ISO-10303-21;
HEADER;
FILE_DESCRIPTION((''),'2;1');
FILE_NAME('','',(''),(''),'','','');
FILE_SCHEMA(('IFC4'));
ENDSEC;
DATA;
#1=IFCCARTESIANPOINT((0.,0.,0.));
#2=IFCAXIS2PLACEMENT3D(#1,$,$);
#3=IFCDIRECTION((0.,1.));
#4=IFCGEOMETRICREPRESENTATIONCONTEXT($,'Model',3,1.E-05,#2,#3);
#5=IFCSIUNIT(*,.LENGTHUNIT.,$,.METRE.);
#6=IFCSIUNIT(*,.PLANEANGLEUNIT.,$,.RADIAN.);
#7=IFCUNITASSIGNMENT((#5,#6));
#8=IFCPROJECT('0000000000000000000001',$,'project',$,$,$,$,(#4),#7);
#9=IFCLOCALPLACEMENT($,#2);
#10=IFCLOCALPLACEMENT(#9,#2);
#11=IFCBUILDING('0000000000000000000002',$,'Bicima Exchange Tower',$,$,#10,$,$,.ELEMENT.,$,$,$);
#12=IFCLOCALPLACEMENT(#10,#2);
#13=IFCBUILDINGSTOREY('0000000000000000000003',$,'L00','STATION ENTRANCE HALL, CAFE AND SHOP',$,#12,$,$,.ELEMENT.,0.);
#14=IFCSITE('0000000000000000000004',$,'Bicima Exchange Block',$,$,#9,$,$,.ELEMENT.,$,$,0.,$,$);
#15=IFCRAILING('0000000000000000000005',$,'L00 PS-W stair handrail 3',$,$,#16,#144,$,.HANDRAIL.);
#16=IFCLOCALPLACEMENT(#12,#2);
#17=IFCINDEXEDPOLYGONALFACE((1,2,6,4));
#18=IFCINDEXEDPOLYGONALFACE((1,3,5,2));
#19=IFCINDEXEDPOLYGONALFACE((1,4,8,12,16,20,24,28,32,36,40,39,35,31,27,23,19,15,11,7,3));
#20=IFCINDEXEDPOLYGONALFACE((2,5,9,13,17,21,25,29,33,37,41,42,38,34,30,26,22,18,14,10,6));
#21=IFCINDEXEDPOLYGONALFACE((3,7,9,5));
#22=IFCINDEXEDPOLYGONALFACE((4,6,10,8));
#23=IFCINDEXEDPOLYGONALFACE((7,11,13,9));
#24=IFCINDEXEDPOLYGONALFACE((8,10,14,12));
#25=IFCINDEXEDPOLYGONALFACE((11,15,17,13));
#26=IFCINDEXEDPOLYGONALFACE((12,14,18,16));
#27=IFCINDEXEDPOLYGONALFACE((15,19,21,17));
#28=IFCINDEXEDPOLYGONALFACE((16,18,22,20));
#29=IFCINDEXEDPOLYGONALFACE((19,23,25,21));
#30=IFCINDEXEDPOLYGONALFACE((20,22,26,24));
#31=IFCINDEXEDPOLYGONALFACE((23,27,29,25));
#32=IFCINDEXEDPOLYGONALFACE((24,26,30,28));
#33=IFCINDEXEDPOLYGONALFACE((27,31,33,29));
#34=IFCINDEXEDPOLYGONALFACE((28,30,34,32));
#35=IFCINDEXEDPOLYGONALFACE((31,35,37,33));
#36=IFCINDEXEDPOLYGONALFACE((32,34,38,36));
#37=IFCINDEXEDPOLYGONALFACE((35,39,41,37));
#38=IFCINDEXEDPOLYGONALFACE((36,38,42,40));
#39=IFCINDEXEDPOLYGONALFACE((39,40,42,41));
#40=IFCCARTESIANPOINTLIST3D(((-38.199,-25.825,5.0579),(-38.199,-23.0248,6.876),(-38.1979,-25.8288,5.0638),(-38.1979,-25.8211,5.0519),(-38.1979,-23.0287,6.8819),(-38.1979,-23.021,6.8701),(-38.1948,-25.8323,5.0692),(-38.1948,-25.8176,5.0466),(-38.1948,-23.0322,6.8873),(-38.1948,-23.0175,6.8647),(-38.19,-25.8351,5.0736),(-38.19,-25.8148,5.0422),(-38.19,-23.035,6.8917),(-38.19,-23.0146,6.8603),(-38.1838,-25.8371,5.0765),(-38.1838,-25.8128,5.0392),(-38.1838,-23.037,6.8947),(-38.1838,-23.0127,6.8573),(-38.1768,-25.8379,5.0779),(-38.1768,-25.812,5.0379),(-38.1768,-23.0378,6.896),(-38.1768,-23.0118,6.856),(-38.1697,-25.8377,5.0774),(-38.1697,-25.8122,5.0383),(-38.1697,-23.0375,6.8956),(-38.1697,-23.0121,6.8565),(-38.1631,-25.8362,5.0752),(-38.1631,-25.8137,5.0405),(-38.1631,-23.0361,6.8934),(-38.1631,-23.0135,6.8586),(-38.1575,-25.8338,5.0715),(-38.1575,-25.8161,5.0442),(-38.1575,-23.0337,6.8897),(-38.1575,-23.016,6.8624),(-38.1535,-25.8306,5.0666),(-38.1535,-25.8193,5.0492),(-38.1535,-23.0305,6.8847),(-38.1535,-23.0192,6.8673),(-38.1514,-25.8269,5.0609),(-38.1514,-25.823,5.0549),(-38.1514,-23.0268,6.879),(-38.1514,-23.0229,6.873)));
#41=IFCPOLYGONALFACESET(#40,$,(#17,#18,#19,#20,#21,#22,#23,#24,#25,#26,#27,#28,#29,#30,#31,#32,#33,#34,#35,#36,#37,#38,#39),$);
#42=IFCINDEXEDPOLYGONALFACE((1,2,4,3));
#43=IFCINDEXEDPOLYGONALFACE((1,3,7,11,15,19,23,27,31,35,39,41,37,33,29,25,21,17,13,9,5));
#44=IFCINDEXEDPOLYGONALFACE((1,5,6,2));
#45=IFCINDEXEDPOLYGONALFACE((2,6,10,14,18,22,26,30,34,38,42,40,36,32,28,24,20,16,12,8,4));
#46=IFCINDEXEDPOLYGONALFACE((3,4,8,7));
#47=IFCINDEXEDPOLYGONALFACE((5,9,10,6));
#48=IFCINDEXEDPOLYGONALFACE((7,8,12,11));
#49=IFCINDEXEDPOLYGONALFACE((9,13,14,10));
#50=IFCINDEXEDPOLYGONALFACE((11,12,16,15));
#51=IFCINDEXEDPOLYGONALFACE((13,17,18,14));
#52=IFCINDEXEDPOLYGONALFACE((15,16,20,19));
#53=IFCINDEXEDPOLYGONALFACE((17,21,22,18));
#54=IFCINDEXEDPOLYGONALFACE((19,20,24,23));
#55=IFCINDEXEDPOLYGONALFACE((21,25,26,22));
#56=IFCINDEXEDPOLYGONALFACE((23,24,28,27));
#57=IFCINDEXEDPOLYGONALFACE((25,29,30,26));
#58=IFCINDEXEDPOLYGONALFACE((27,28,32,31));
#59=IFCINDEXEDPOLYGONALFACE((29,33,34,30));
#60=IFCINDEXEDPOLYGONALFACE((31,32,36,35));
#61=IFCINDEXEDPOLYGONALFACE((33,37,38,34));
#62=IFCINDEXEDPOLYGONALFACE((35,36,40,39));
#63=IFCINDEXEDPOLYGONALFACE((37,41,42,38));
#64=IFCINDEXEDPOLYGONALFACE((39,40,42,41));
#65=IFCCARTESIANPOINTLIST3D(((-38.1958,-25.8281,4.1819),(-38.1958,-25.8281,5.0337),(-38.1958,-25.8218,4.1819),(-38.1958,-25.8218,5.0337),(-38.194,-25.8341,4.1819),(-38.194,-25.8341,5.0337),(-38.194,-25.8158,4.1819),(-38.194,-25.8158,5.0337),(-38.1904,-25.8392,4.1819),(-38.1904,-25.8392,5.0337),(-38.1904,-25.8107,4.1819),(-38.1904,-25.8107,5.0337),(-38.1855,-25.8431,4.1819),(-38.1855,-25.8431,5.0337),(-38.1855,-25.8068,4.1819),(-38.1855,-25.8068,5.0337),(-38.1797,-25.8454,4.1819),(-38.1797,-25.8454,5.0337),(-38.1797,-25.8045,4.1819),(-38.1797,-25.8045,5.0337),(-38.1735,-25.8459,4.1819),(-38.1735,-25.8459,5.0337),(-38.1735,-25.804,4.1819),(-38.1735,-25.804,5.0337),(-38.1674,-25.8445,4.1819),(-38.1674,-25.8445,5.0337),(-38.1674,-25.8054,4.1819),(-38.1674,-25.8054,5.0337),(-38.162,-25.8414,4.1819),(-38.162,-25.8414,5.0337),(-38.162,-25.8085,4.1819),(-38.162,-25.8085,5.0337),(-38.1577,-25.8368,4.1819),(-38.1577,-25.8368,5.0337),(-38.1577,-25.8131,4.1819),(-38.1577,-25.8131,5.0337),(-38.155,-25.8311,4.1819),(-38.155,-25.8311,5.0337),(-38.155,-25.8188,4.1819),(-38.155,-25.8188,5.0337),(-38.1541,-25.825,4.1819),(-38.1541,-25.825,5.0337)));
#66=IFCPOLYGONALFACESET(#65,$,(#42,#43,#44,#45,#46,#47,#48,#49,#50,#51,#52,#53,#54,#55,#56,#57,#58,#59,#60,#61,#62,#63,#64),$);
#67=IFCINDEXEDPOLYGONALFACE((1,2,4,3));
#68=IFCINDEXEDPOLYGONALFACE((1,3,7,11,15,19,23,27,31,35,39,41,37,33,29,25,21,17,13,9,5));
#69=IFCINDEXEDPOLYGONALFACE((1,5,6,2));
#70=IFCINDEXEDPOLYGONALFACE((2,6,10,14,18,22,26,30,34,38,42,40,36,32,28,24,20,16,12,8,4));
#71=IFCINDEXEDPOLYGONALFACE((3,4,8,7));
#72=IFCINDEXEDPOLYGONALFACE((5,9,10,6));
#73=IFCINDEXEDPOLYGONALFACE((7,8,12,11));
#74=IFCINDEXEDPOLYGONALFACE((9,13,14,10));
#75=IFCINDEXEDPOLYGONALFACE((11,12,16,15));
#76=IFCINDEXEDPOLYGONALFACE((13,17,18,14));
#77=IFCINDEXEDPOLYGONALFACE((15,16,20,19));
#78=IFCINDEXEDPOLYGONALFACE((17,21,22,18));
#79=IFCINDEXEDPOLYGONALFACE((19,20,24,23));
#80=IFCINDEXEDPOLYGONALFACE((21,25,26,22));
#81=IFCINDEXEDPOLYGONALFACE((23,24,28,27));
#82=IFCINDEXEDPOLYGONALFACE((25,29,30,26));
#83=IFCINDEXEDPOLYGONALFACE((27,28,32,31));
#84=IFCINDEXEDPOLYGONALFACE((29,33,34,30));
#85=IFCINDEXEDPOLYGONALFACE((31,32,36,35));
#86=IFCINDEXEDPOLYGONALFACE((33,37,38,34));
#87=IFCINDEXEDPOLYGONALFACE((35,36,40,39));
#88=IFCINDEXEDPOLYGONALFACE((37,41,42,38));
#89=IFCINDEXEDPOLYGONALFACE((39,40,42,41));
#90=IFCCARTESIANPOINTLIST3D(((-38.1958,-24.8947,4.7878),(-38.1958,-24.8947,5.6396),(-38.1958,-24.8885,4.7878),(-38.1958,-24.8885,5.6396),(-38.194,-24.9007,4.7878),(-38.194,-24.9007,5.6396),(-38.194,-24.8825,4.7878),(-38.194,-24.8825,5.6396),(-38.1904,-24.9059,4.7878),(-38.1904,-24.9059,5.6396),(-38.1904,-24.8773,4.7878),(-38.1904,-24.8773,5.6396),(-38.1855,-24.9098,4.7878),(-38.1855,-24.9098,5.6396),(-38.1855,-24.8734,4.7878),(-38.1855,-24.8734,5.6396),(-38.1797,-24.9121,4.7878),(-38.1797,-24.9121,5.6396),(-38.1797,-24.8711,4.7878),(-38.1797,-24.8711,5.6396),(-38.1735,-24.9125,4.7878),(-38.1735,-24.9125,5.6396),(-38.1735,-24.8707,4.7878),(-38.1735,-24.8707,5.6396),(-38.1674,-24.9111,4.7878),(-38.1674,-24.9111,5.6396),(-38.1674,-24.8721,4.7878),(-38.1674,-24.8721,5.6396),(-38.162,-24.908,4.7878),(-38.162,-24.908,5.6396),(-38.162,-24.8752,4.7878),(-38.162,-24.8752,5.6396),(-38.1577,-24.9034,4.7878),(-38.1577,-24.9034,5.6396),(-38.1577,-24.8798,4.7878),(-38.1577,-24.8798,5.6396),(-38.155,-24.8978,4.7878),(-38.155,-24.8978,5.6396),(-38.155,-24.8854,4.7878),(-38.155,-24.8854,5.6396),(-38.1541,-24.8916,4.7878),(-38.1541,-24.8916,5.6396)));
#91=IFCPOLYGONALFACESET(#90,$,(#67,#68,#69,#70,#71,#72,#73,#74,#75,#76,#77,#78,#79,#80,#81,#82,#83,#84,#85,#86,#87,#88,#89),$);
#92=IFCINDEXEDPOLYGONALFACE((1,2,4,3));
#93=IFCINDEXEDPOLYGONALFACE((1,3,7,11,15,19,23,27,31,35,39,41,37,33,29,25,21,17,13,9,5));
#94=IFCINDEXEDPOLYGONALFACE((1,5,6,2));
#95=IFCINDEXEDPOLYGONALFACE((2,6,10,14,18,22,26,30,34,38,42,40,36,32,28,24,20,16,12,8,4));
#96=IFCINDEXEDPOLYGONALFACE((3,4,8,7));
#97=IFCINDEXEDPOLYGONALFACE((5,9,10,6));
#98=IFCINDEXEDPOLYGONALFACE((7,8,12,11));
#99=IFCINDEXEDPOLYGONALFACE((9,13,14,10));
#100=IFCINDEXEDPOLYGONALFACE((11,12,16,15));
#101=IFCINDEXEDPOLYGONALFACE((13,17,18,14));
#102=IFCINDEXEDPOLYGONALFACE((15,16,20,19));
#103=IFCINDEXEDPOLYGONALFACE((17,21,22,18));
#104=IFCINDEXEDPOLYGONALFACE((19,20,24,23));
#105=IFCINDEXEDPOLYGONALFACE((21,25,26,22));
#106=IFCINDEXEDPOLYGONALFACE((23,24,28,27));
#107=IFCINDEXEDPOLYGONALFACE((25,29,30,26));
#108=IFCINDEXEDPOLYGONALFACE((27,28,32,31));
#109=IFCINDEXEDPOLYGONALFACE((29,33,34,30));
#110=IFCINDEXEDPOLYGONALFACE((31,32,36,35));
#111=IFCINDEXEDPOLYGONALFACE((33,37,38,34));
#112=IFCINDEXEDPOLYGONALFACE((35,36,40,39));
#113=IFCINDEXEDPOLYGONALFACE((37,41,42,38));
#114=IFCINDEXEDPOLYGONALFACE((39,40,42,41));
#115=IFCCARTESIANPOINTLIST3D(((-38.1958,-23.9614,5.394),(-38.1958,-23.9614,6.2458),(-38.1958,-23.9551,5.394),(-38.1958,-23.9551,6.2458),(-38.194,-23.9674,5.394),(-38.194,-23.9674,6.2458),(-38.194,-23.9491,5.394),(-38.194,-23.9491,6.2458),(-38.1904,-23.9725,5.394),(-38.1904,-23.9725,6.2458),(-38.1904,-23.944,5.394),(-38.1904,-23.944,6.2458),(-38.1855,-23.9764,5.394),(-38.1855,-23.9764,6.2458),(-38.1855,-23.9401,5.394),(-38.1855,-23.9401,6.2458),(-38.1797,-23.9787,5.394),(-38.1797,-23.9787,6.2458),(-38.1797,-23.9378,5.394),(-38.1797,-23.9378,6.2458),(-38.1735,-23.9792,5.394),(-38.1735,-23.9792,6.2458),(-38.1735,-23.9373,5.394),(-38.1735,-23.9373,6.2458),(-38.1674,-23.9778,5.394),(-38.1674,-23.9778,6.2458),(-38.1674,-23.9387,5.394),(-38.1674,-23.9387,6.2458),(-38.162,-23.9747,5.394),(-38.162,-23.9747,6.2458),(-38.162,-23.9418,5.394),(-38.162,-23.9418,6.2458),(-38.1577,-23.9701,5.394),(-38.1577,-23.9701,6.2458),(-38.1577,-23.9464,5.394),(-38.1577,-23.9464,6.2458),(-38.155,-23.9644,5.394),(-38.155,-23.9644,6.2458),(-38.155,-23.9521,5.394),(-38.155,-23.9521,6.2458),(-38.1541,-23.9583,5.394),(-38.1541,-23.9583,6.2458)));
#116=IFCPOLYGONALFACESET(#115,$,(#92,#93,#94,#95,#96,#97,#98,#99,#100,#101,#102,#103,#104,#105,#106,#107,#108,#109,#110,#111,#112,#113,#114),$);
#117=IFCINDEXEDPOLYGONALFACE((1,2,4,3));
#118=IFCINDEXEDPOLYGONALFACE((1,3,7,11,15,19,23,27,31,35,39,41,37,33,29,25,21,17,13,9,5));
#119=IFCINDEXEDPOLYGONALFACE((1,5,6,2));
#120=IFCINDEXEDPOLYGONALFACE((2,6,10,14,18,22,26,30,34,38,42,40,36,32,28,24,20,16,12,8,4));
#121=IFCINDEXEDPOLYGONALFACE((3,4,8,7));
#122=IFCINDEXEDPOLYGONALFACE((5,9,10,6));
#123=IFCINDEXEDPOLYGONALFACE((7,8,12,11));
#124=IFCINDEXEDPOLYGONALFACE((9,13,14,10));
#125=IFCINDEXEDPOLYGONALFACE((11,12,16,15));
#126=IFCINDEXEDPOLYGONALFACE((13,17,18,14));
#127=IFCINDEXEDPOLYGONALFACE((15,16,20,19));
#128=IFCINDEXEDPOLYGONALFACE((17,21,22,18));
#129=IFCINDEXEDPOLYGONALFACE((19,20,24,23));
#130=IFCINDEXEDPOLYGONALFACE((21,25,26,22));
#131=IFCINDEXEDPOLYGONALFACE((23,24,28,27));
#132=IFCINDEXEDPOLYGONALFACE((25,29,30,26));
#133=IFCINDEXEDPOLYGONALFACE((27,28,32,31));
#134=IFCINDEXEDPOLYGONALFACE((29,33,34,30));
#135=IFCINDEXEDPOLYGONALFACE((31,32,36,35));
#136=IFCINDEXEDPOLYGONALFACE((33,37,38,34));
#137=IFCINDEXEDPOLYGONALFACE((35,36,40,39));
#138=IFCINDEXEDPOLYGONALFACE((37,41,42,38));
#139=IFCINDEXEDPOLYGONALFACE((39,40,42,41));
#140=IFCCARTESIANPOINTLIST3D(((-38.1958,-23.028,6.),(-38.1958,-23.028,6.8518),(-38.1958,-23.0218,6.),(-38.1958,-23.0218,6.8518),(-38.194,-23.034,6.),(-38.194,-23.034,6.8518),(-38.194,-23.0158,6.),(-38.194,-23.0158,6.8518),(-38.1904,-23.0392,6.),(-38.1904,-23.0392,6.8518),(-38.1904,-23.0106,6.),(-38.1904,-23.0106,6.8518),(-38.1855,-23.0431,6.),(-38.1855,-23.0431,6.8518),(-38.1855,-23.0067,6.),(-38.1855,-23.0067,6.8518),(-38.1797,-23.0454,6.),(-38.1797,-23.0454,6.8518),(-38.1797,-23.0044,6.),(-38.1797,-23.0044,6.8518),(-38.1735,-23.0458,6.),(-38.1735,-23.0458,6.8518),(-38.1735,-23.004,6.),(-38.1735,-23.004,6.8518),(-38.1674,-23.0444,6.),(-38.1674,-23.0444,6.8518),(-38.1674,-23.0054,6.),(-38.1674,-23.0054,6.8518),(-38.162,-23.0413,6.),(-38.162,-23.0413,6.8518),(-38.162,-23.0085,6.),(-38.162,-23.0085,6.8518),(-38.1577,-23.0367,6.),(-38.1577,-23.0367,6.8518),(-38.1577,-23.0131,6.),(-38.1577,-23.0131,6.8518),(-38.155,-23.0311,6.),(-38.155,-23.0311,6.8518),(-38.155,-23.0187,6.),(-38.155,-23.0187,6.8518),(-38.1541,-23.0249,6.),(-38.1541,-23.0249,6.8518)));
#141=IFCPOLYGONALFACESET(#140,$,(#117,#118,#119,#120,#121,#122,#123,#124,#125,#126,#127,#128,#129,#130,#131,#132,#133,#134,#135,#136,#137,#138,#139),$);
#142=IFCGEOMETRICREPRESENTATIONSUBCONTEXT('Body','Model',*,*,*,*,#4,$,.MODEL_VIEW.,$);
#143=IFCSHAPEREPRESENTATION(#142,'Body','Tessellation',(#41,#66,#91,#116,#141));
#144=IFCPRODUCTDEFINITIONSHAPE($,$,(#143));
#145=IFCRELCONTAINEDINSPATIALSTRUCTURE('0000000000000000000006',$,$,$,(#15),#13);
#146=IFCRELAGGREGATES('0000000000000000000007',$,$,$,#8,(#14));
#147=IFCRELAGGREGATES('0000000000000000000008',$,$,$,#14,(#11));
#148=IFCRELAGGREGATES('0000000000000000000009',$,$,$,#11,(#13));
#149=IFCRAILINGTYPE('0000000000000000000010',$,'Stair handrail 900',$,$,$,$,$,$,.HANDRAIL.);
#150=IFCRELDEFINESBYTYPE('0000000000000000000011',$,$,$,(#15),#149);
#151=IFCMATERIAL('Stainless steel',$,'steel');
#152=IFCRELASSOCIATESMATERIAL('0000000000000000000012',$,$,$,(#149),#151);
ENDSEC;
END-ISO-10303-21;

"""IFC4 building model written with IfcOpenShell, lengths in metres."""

from ifc_helpers import new_model, si_unit, direction, frame, origin, origin_2d, place, context, subcontext, project, spatial, circle, extrude, material, type_object, element, save


model = new_model("IFC4")

# Units and contexts
model_context = context("Model", 3, precision=1e-05, world=origin(), true_north=direction((0.0, 1.0)))
body_context = subcontext(model_context, "Body", "Model", "MODEL_VIEW")
ifc_project = project(units=[si_unit("LENGTHUNIT", "METRE"), si_unit("PLANEANGLEUNIT", "RADIAN")], contexts=[model_context])

# Site, building, storey
site_placement = place(None, origin())
site = spatial("IfcSite", under=ifc_project, at=site_placement, Name="Bicima Exchange Block", CompositionType="ELEMENT", RefElevation=0.0)
building_placement = place(site_placement, origin())
building = spatial("IfcBuilding", under=site, at=building_placement, Name="Bicima Exchange Tower", CompositionType="ELEMENT")
storey_placement = place(building_placement, origin())
storey = spatial("IfcBuildingStorey", under=building, at=storey_placement, Name="L00", Description="STATION ENTRANCE HALL, CAFE AND SHOP", CompositionType="ELEMENT", Elevation=0.0)

# Railing
ifc_material_1 = material(Name="Stainless steel", Category="steel")
railing_type_1 = type_object("IfcRailingType", Name="Stair handrail 900", PredefinedType="HANDRAIL", material=ifc_material_1)
railing_1_placement = place(storey_placement, frame((-38.175, -25.825, 4.1819)))
element("IfcRailing", 1, at=railing_1_placement, inside=storey, type_object=railing_type_1, Name="L00 PS-W stair handrail 3", PredefinedType="HANDRAIL", context=body_context, shape_type="SweptSolid", body=[
    extrude(circle(Radius=0.0239, at=origin_2d()), frame((0.0, 0.0, 0.876), z_axis=(0.0, 0.838706, 0.544585), x_axis=(-1.0, 0.0, 0.0)), (0.0, 0.0, 1.0), 3.3386),
    extrude(circle(Radius=0.021, at=origin_2d()), origin(), (0.0, 0.0, 1.0), 0.8518),
    extrude(circle(Radius=0.021, at=origin_2d()), frame((0.0, 0.9333, 0.606)), (0.0, 0.0, 1.0), 0.8518),
    extrude(circle(Radius=0.021, at=origin_2d()), frame((0.0, 1.8667, 1.2122)), (0.0, 0.0, 1.0), 0.8518),
    extrude(circle(Radius=0.021, at=origin_2d()), frame((0.0, 2.8, 1.8181)), (0.0, 0.0, 1.0), 0.8518),
])

save(model, "model.ifc")
